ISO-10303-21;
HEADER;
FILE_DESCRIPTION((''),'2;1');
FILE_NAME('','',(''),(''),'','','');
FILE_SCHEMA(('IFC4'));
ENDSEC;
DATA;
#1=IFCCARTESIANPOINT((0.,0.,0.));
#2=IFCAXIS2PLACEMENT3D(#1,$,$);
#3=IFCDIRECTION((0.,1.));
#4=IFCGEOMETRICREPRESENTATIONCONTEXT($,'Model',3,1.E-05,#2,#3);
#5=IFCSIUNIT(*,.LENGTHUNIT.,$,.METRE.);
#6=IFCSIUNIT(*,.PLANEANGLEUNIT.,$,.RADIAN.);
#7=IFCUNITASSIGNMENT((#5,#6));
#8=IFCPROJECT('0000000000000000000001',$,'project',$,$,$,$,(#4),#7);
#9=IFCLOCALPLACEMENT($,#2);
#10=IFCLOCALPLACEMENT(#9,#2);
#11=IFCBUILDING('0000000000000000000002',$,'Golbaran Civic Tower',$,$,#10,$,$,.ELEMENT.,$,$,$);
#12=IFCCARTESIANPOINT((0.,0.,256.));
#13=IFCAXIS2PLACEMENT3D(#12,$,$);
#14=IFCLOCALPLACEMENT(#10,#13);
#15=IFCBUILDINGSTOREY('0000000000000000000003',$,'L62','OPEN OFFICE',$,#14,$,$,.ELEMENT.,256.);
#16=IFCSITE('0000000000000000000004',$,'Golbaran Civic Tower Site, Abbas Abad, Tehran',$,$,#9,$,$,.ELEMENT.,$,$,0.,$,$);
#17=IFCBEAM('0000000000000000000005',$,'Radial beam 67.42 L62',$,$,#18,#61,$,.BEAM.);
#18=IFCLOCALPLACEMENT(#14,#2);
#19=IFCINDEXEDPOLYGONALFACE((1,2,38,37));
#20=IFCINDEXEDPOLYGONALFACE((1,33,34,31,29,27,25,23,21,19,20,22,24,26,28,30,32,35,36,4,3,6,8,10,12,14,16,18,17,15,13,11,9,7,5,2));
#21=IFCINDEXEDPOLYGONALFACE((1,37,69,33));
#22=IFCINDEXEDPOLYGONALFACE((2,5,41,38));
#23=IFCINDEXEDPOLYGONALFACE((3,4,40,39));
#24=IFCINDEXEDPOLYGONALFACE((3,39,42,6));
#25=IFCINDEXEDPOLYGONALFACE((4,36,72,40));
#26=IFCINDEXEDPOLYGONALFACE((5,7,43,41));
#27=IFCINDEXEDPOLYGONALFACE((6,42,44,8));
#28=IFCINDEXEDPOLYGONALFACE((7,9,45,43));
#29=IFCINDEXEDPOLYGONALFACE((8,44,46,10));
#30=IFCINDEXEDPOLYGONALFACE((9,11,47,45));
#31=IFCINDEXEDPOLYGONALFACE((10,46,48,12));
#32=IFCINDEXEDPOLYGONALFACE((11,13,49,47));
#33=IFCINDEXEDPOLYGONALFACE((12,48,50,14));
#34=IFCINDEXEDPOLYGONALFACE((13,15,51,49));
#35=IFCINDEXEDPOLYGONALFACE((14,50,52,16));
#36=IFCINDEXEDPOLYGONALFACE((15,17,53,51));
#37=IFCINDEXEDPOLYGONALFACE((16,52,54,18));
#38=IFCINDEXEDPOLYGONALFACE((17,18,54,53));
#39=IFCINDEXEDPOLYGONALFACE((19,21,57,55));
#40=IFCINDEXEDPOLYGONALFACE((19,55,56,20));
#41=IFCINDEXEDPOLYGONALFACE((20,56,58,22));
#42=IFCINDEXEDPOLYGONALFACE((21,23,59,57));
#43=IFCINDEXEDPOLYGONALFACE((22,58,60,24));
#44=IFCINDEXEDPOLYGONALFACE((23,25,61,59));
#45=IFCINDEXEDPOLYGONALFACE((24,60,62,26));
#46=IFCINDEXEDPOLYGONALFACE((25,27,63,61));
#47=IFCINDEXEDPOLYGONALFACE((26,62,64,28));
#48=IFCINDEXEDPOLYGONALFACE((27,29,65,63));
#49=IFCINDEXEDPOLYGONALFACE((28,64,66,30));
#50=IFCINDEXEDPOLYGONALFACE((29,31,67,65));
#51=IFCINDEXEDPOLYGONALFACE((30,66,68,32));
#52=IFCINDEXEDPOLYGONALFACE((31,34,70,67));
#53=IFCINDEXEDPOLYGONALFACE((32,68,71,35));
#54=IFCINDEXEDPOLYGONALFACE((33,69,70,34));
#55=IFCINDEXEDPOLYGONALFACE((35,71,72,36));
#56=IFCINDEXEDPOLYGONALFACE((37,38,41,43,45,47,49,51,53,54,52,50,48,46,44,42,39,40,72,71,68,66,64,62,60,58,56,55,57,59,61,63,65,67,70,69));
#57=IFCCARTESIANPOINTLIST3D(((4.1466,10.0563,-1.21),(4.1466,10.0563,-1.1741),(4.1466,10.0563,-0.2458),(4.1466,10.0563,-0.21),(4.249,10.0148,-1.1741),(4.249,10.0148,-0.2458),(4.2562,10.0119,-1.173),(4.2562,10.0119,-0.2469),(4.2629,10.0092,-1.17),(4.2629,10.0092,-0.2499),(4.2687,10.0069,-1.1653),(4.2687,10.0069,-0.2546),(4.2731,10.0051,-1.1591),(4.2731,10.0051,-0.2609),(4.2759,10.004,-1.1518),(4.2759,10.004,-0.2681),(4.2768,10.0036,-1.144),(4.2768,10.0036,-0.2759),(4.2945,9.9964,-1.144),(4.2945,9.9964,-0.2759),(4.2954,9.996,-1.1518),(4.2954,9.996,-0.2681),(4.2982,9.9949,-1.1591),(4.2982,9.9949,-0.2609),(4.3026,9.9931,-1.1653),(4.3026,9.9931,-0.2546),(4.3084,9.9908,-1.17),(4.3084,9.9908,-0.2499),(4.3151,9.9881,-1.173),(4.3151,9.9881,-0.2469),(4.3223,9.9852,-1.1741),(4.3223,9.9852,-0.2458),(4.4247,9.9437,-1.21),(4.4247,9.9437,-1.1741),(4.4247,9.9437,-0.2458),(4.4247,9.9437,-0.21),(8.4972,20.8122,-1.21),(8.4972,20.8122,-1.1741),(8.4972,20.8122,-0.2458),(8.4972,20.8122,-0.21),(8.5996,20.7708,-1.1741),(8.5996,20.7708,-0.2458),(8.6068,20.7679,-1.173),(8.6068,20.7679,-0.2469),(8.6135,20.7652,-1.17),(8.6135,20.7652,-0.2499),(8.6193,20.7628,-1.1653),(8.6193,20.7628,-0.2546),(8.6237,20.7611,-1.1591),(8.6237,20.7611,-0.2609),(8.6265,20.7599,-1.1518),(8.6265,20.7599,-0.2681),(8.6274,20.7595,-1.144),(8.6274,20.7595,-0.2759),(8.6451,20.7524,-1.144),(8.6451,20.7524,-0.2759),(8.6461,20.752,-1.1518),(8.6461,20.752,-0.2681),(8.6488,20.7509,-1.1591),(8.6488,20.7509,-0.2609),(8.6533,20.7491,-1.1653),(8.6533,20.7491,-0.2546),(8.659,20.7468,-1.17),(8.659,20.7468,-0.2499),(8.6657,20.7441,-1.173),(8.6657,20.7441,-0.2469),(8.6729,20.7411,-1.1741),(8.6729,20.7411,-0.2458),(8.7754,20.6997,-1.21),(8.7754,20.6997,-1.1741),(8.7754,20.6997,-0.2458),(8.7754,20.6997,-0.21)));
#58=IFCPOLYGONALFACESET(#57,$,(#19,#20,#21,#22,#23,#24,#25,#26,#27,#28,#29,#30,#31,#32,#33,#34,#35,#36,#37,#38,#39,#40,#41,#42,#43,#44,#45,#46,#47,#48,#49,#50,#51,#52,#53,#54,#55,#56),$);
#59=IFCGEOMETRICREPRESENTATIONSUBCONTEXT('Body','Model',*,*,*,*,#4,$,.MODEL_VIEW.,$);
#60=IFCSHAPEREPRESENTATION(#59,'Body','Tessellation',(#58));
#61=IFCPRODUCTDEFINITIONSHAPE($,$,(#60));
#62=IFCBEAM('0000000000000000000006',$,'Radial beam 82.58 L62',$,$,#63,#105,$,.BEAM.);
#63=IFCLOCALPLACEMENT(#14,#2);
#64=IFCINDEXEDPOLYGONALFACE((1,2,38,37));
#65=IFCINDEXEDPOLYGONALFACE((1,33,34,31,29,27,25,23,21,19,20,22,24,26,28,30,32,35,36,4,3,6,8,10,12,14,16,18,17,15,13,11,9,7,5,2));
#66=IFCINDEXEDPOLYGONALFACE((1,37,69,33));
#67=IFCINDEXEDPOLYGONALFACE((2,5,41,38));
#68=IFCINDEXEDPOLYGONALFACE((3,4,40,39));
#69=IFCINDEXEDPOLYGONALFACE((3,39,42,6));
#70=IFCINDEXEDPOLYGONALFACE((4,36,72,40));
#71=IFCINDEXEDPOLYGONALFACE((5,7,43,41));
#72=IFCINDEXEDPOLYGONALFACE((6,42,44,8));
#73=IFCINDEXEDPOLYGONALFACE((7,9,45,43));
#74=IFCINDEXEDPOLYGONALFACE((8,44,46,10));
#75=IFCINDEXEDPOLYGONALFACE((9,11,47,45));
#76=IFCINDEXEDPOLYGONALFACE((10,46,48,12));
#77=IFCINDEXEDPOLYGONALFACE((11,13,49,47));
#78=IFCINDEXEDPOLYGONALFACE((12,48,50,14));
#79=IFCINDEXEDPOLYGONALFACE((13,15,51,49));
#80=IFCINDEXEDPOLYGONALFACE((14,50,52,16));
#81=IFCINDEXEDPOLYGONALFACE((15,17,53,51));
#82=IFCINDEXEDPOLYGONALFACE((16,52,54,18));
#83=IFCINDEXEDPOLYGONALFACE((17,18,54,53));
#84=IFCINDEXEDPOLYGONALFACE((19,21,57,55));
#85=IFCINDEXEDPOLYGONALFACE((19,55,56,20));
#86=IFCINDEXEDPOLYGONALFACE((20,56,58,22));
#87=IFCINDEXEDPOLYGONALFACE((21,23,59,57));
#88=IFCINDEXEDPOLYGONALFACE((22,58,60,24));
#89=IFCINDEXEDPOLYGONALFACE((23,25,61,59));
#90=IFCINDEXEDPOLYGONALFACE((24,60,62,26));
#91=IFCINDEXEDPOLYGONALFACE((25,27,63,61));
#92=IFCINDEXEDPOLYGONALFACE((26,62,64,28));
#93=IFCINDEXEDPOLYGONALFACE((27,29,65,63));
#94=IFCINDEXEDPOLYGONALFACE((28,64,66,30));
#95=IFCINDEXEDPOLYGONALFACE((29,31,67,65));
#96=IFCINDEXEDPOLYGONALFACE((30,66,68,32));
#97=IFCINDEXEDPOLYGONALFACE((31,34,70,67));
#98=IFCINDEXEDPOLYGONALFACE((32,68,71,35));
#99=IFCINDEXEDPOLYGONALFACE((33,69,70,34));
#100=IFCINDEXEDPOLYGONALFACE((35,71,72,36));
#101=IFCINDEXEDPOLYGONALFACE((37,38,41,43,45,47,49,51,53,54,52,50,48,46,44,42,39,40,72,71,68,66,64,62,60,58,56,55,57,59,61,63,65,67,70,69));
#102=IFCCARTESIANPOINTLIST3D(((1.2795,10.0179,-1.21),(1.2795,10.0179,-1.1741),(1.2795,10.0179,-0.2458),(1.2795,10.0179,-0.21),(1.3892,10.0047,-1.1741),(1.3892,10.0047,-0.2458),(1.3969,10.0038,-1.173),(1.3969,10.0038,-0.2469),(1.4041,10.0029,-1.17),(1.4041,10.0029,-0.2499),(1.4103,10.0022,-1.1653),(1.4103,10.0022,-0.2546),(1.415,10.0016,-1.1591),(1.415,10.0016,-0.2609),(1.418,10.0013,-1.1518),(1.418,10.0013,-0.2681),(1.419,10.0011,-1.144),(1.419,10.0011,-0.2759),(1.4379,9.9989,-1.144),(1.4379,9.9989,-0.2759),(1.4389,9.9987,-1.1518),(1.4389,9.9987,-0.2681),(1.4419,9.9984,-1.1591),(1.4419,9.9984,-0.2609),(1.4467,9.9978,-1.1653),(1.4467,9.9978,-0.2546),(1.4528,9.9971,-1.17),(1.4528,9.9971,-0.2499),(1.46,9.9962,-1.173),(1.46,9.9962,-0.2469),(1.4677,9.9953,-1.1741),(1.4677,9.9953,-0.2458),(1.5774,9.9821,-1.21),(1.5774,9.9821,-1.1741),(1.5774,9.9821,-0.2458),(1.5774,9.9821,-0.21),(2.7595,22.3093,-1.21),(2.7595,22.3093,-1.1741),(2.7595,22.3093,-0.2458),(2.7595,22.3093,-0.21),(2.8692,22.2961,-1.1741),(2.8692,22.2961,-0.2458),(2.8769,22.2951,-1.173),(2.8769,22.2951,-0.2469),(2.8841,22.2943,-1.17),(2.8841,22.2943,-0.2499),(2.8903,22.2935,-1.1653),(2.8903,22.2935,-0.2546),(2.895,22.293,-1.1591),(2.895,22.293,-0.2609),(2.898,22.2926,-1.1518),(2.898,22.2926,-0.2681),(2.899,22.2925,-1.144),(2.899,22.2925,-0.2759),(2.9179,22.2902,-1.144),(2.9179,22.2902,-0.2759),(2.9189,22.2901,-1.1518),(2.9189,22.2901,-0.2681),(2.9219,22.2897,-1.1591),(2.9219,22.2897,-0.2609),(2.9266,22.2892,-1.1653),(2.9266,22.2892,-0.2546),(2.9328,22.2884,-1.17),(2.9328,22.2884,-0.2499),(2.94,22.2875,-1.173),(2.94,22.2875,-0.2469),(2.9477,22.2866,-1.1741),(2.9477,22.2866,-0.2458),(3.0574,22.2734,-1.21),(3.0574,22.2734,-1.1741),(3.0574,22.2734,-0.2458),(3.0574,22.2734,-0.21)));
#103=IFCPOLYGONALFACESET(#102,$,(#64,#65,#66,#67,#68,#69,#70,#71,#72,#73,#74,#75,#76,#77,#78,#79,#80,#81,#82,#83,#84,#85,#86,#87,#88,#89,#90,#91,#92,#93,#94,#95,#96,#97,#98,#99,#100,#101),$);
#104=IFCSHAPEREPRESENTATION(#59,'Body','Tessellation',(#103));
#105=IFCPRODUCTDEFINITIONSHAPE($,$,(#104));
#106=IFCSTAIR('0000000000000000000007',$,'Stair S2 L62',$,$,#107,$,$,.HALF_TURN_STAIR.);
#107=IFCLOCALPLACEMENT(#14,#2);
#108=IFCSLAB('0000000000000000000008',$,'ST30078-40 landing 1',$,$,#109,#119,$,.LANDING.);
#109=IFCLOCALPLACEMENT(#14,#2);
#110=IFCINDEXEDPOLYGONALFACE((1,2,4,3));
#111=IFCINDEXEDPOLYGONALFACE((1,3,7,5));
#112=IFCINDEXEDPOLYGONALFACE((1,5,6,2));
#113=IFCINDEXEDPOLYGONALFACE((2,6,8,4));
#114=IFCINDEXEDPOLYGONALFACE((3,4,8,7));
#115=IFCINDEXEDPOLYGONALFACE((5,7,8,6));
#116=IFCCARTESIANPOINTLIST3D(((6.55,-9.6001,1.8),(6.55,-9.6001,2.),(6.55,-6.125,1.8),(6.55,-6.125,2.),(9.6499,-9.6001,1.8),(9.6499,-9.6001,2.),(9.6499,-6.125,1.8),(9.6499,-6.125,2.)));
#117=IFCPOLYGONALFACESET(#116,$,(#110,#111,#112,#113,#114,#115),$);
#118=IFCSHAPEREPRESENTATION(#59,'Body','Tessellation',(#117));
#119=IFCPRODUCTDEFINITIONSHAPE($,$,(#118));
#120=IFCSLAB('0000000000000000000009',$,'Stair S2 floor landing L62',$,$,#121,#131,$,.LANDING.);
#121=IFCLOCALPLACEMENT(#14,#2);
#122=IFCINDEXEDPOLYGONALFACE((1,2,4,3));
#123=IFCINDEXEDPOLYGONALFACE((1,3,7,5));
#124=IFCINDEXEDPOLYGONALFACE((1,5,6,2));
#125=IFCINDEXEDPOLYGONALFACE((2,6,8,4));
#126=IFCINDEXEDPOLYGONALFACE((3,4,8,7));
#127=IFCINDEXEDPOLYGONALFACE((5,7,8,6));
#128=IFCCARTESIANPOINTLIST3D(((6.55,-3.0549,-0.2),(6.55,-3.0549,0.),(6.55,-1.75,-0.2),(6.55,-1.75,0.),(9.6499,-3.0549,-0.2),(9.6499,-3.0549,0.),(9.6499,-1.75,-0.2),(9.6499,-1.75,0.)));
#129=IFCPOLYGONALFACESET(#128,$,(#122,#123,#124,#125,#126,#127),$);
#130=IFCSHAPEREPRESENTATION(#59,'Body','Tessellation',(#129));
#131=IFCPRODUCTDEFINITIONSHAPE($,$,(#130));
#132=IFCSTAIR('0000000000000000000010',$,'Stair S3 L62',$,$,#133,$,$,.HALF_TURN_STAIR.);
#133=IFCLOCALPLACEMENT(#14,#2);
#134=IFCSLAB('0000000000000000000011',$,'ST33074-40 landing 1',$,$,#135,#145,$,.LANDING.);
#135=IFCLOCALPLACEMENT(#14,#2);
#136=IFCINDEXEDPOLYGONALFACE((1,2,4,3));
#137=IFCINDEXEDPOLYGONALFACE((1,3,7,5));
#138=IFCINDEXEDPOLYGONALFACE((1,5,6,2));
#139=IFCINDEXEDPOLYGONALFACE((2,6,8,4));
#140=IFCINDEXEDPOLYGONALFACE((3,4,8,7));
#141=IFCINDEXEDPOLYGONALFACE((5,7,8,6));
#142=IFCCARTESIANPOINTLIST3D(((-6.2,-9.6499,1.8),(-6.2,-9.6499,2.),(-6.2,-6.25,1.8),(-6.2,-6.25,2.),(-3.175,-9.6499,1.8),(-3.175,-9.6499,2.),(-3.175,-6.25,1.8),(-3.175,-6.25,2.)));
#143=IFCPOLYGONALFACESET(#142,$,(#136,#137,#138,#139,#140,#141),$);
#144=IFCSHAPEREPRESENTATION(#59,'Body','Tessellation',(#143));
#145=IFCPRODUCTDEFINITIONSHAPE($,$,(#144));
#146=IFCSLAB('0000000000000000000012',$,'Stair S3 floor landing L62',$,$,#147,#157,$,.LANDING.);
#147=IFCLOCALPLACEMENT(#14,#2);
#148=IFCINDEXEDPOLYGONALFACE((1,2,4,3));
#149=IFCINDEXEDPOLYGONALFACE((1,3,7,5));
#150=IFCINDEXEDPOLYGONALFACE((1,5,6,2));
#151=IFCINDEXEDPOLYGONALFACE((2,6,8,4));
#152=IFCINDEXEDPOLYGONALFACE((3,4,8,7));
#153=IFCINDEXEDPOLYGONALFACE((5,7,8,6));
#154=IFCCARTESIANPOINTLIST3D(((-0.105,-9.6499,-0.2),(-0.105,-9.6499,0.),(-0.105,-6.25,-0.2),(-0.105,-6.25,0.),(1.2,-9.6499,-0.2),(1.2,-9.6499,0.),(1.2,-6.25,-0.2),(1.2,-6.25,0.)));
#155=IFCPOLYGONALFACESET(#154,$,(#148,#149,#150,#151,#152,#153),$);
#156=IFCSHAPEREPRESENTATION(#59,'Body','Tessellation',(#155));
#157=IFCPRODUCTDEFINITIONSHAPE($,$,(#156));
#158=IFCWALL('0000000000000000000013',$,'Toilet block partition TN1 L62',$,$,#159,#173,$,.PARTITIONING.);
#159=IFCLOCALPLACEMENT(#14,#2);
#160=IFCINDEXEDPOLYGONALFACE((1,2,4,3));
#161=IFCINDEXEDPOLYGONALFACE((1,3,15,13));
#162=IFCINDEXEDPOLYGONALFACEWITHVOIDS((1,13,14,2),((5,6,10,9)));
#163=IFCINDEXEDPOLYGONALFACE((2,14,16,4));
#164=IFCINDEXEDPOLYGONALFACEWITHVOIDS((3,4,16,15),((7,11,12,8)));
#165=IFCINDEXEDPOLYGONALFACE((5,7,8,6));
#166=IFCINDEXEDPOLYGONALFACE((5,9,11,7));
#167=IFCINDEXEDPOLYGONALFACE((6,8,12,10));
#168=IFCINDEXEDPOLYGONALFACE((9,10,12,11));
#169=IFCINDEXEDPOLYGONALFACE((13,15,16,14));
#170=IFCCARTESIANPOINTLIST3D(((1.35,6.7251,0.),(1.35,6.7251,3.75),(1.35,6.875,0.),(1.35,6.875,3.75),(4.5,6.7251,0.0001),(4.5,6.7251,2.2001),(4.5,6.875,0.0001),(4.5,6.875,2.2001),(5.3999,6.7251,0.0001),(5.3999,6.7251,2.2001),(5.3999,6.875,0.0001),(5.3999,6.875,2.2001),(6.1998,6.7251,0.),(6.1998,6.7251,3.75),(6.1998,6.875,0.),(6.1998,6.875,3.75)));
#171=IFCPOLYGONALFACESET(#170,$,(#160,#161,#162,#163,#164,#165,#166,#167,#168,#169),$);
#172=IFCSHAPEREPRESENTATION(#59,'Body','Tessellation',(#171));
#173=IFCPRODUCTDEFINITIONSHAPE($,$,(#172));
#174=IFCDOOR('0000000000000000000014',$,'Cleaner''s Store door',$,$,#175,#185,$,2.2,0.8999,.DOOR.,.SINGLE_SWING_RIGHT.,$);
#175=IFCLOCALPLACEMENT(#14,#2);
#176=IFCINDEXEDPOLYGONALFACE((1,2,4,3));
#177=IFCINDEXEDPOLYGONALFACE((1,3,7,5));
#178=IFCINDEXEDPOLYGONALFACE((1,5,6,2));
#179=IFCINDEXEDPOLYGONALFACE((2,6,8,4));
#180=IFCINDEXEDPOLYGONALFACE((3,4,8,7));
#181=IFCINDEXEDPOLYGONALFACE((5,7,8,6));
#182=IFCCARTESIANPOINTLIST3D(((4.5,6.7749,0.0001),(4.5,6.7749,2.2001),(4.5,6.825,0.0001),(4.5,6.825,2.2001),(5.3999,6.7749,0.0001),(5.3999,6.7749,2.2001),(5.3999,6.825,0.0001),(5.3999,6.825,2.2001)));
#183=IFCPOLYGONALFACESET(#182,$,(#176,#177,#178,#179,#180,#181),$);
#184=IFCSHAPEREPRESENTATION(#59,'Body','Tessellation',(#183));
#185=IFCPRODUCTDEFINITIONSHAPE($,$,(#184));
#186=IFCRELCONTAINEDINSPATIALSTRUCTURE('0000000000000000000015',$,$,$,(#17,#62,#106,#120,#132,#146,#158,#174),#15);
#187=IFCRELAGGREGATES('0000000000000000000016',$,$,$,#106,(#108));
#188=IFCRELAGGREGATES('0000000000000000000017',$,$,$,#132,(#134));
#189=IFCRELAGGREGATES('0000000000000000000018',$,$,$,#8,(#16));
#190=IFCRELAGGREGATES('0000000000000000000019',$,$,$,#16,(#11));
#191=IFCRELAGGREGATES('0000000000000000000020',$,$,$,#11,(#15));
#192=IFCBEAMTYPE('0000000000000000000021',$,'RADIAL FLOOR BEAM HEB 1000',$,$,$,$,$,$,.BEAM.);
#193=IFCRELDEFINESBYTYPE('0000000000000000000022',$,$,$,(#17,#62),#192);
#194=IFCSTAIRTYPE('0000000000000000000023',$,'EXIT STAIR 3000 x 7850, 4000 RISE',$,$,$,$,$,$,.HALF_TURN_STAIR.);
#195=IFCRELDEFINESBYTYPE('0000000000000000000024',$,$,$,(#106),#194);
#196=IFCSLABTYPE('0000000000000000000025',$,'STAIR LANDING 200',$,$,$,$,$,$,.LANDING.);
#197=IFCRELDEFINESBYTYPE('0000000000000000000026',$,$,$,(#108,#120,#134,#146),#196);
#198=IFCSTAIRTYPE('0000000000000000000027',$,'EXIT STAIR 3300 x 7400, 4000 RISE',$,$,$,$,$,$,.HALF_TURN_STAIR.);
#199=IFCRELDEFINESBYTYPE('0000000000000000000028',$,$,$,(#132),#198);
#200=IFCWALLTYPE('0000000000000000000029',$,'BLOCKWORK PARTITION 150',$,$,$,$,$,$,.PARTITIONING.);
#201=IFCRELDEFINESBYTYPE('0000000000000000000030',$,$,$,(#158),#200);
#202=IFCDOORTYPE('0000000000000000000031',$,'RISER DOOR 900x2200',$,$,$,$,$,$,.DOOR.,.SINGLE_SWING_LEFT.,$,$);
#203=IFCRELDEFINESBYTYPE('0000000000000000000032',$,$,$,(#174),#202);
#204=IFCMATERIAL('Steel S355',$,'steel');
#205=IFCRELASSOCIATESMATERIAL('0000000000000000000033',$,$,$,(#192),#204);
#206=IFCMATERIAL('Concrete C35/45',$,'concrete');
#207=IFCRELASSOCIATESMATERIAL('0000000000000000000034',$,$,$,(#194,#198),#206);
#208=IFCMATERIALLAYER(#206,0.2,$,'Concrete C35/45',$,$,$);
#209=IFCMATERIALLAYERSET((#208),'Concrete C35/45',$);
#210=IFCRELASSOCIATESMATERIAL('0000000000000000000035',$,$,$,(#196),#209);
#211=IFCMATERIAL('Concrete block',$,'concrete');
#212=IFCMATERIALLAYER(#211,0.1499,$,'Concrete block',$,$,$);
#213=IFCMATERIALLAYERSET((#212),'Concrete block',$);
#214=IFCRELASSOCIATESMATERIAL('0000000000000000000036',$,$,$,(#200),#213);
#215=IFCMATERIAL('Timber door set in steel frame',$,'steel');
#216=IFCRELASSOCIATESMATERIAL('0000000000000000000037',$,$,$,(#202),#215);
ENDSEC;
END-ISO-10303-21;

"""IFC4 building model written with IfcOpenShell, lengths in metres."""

from ifc_helpers import new_model, si_unit, direction, frame, frame_2d, origin, origin_2d, place, context, subcontext, project, spatial, polyline, rectangle, i_section, outline, extrude, material, layer, layer_set, material_profile, profile_set, type_object, element, fill, aggregate, save


model = new_model("IFC4")

# Units and contexts
model_context = context("Model", 3, precision=1e-05, world=origin(), true_north=direction((0.0, 1.0)))
body_context = subcontext(model_context, "Body", "Model", "MODEL_VIEW")
ifc_project = project(units=[si_unit("LENGTHUNIT", "METRE"), si_unit("PLANEANGLEUNIT", "RADIAN")], contexts=[model_context])

# Site, building, storey
site_placement = place(None, origin())
site = spatial("IfcSite", under=ifc_project, at=site_placement, Name="Golbaran Civic Tower Site, Abbas Abad, Tehran", CompositionType="ELEMENT", RefElevation=0.0)
building_placement = place(site_placement, origin())
building = spatial("IfcBuilding", under=site, at=building_placement, Name="Golbaran Civic Tower", CompositionType="ELEMENT")
storey_placement = place(building_placement, frame((0.0, 0.0, 256.0)))
storey = spatial("IfcBuildingStorey", under=building, at=storey_placement, Name="L62", Description="OPEN OFFICE", CompositionType="ELEMENT", Elevation=256.0)

# Beams
ifc_material_1 = material(Name="Steel S355", Category="steel")
ifc_material_profile = material_profile(ifc_material_1, i_section(OverallWidth=0.3, OverallDepth=1.0, WebThickness=0.019, FlangeThickness=0.0359, FilletRadius=0.03, at=origin_2d()), Name="HEB 1000")
ifc_profile_set = profile_set([ifc_material_profile], Name="Steel S355")
beam_type = type_object("IfcBeamType", Name="RADIAL FLOOR BEAM HEB 1000", PredefinedType="BEAM", material=ifc_profile_set)
beam_1_placement = place(storey_placement, frame((4.2856, 10.0, -0.71), z_axis=(0.374972, 0.927036, 0.0), x_axis=(-0.927036, 0.374972, 0.0)))
element("IfcBeam", 1, at=beam_1_placement, inside=storey, type_object=beam_type, Name="Radial beam 67.42 L62", PredefinedType="BEAM", context=body_context, shape_type="SweptSolid", body=[
    extrude(i_section(OverallWidth=0.3, OverallDepth=1.0, WebThickness=0.019, FlangeThickness=0.0359, FilletRadius=0.03, at=origin_2d()), origin(), (0.0, 0.0, 1.0), 11.6025),
])
beam_2_placement = place(storey_placement, frame((1.4285, 10.0, -0.71), z_axis=(0.119546, 0.992829, 0.0), x_axis=(-0.992829, 0.119546, 0.0)))
element("IfcBeam", 2, at=beam_2_placement, inside=storey, type_object=beam_type, Name="Radial beam 82.58 L62", PredefinedType="BEAM", context=body_context, shape_type="SweptSolid", body=[
    extrude(i_section(OverallWidth=0.3, OverallDepth=1.0, WebThickness=0.019, FlangeThickness=0.0359, FilletRadius=0.03, at=origin_2d()), origin(), (0.0, 0.0, 1.0), 12.3801),
])

# Stair, slab
ifc_material_2 = material(Name="Concrete C35/45", Category="concrete")
stair_type_1 = type_object("IfcStairType", Name="EXIT STAIR 3000 x 7850, 4000 RISE", PredefinedType="HALF_TURN_STAIR", material=ifc_material_2)
stair_1_placement = place(storey_placement, origin())
stair_1 = element("IfcStair", 3, at=stair_1_placement, inside=storey, type_object=stair_type_1, Name="Stair S2 L62", PredefinedType="HALF_TURN_STAIR")
ifc_layer_1 = layer(ifc_material_2, 0.2, Name="Concrete C35/45")
ifc_layer_set_1 = layer_set([ifc_layer_1], Name="Concrete C35/45")
slab_type = type_object("IfcSlabType", Name="STAIR LANDING 200", PredefinedType="LANDING", material=ifc_layer_set_1)
slab_1_placement = place(storey_placement, frame((0.0, 0.0, 1.8)))
slab_1 = element("IfcSlab", 4, at=slab_1_placement, type_object=slab_type, Name="ST30078-40 landing 1", PredefinedType="LANDING", context=body_context, shape_type="SweptSolid", body=[
    extrude(outline(polyline([(9.6499, -6.125), (9.6499, -9.6001), (6.55, -9.6001), (6.55, -6.125), (9.6499, -6.125)])), origin(), (0.0, 0.0, 1.0), 0.2),
])
aggregate(stair_1, [slab_1])

# Slab
slab_2_placement = place(storey_placement, frame((0.0, 0.0, -0.2)))
element("IfcSlab", 5, at=slab_2_placement, inside=storey, type_object=slab_type, Name="Stair S2 floor landing L62", PredefinedType="LANDING", context=body_context, shape_type="SweptSolid", body=[
    extrude(outline(polyline([(9.6499, -1.75), (9.6499, -3.0549), (6.55, -3.0549), (6.55, -1.75), (9.6499, -1.75)])), origin(), (0.0, 0.0, 1.0), 0.2),
])

# Stair, slab
stair_type_2 = type_object("IfcStairType", Name="EXIT STAIR 3300 x 7400, 4000 RISE", PredefinedType="HALF_TURN_STAIR", material=ifc_material_2)
stair_2_placement = place(storey_placement, origin())
stair_2 = element("IfcStair", 6, at=stair_2_placement, inside=storey, type_object=stair_type_2, Name="Stair S3 L62", PredefinedType="HALF_TURN_STAIR")
slab_3_placement = place(storey_placement, frame((0.0, 0.0, 1.8)))
slab_3 = element("IfcSlab", 7, at=slab_3_placement, type_object=slab_type, Name="ST33074-40 landing 1", PredefinedType="LANDING", context=body_context, shape_type="SweptSolid", body=[
    extrude(outline(polyline([(-3.175, -9.6499), (-6.2, -9.6499), (-6.2, -6.25), (-3.175, -6.25), (-3.175, -9.6499)])), origin(), (0.0, 0.0, 1.0), 0.2),
])
aggregate(stair_2, [slab_3])

# Slab
slab_4_placement = place(storey_placement, frame((0.0, 0.0, -0.2)))
element("IfcSlab", 8, at=slab_4_placement, inside=storey, type_object=slab_type, Name="Stair S3 floor landing L62", PredefinedType="LANDING", context=body_context, shape_type="SweptSolid", body=[
    extrude(outline(polyline([(1.2, -9.6499), (-0.105, -9.6499), (-0.105, -6.25), (1.2, -6.25), (1.2, -9.6499)])), origin(), (0.0, 0.0, 1.0), 0.2),
])

# Wall, opening, door
ifc_material_3 = material(Name="Concrete block", Category="concrete")
ifc_layer_2 = layer(ifc_material_3, 0.1499, Name="Concrete block")
ifc_layer_set_2 = layer_set([ifc_layer_2], Name="Concrete block")
wall_type_1 = type_object("IfcWallType", Name="BLOCKWORK PARTITION 150", PredefinedType="PARTITIONING", material=ifc_layer_set_2)
wall_1_placement = place(storey_placement, frame((1.3501, 6.8, 0.0), z_axis=(0.0, 0.0, 1.0), x_axis=(1.0, 0.0, 0.0)))
wall_1 = element("IfcWall", 9, at=wall_1_placement, inside=storey, type_object=wall_type_1, Name="Toilet block partition TN1 L62", PredefinedType="PARTITIONING", context=body_context, shape_type="SweptSolid", body=[
    extrude(rectangle(XDim=4.8499, YDim=0.1499, at=frame_2d((2.4248, 0.0))), origin(), (0.0, 0.0, 1.0), 3.75),
])
opening_1_placement = place(wall_1_placement, frame((3.1499, 0.0, 0.0)))
opening_1 = element("IfcOpeningElement", 10, at=opening_1_placement, cuts=wall_1, PredefinedType="OPENING", context=body_context, shape_type="SweptSolid", body=[
    extrude(rectangle(XDim=0.8999, YDim=2.2, at=frame_2d((0.45, 1.1001))), frame((0.0, 0.085, 0.0), z_axis=(0.0, -1.0, 0.0), x_axis=(1.0, 0.0, 0.0)), (0.0, 0.0, 1.0), 0.1699),
])
ifc_material_4 = material(Name="Timber door set in steel frame", Category="steel")
door_type_1 = type_object("IfcDoorType", Name="RISER DOOR 900x2200", OperationType="SINGLE_SWING_LEFT", PredefinedType="DOOR", material=ifc_material_4)
door_1_placement = place(opening_1_placement, origin())
door_1 = element("IfcDoor", 11, at=door_1_placement, inside=storey, type_object=door_type_1, Name="Cleaner's Store door", OperationType="SINGLE_SWING_RIGHT", OverallHeight=2.2, OverallWidth=0.8999, PredefinedType="DOOR", context=body_context, shape_type="SweptSolid", body=[
    extrude(rectangle(XDim=0.8999, YDim=2.2, at=frame_2d((0.45, 1.1001))), frame((0.0, 0.0249, 0.0), z_axis=(0.0, -1.0, 0.0), x_axis=(1.0, 0.0, 0.0)), (0.0, 0.0, 1.0), 0.05),
])
fill(opening_1, door_1)

save(model, "model.ifc")
